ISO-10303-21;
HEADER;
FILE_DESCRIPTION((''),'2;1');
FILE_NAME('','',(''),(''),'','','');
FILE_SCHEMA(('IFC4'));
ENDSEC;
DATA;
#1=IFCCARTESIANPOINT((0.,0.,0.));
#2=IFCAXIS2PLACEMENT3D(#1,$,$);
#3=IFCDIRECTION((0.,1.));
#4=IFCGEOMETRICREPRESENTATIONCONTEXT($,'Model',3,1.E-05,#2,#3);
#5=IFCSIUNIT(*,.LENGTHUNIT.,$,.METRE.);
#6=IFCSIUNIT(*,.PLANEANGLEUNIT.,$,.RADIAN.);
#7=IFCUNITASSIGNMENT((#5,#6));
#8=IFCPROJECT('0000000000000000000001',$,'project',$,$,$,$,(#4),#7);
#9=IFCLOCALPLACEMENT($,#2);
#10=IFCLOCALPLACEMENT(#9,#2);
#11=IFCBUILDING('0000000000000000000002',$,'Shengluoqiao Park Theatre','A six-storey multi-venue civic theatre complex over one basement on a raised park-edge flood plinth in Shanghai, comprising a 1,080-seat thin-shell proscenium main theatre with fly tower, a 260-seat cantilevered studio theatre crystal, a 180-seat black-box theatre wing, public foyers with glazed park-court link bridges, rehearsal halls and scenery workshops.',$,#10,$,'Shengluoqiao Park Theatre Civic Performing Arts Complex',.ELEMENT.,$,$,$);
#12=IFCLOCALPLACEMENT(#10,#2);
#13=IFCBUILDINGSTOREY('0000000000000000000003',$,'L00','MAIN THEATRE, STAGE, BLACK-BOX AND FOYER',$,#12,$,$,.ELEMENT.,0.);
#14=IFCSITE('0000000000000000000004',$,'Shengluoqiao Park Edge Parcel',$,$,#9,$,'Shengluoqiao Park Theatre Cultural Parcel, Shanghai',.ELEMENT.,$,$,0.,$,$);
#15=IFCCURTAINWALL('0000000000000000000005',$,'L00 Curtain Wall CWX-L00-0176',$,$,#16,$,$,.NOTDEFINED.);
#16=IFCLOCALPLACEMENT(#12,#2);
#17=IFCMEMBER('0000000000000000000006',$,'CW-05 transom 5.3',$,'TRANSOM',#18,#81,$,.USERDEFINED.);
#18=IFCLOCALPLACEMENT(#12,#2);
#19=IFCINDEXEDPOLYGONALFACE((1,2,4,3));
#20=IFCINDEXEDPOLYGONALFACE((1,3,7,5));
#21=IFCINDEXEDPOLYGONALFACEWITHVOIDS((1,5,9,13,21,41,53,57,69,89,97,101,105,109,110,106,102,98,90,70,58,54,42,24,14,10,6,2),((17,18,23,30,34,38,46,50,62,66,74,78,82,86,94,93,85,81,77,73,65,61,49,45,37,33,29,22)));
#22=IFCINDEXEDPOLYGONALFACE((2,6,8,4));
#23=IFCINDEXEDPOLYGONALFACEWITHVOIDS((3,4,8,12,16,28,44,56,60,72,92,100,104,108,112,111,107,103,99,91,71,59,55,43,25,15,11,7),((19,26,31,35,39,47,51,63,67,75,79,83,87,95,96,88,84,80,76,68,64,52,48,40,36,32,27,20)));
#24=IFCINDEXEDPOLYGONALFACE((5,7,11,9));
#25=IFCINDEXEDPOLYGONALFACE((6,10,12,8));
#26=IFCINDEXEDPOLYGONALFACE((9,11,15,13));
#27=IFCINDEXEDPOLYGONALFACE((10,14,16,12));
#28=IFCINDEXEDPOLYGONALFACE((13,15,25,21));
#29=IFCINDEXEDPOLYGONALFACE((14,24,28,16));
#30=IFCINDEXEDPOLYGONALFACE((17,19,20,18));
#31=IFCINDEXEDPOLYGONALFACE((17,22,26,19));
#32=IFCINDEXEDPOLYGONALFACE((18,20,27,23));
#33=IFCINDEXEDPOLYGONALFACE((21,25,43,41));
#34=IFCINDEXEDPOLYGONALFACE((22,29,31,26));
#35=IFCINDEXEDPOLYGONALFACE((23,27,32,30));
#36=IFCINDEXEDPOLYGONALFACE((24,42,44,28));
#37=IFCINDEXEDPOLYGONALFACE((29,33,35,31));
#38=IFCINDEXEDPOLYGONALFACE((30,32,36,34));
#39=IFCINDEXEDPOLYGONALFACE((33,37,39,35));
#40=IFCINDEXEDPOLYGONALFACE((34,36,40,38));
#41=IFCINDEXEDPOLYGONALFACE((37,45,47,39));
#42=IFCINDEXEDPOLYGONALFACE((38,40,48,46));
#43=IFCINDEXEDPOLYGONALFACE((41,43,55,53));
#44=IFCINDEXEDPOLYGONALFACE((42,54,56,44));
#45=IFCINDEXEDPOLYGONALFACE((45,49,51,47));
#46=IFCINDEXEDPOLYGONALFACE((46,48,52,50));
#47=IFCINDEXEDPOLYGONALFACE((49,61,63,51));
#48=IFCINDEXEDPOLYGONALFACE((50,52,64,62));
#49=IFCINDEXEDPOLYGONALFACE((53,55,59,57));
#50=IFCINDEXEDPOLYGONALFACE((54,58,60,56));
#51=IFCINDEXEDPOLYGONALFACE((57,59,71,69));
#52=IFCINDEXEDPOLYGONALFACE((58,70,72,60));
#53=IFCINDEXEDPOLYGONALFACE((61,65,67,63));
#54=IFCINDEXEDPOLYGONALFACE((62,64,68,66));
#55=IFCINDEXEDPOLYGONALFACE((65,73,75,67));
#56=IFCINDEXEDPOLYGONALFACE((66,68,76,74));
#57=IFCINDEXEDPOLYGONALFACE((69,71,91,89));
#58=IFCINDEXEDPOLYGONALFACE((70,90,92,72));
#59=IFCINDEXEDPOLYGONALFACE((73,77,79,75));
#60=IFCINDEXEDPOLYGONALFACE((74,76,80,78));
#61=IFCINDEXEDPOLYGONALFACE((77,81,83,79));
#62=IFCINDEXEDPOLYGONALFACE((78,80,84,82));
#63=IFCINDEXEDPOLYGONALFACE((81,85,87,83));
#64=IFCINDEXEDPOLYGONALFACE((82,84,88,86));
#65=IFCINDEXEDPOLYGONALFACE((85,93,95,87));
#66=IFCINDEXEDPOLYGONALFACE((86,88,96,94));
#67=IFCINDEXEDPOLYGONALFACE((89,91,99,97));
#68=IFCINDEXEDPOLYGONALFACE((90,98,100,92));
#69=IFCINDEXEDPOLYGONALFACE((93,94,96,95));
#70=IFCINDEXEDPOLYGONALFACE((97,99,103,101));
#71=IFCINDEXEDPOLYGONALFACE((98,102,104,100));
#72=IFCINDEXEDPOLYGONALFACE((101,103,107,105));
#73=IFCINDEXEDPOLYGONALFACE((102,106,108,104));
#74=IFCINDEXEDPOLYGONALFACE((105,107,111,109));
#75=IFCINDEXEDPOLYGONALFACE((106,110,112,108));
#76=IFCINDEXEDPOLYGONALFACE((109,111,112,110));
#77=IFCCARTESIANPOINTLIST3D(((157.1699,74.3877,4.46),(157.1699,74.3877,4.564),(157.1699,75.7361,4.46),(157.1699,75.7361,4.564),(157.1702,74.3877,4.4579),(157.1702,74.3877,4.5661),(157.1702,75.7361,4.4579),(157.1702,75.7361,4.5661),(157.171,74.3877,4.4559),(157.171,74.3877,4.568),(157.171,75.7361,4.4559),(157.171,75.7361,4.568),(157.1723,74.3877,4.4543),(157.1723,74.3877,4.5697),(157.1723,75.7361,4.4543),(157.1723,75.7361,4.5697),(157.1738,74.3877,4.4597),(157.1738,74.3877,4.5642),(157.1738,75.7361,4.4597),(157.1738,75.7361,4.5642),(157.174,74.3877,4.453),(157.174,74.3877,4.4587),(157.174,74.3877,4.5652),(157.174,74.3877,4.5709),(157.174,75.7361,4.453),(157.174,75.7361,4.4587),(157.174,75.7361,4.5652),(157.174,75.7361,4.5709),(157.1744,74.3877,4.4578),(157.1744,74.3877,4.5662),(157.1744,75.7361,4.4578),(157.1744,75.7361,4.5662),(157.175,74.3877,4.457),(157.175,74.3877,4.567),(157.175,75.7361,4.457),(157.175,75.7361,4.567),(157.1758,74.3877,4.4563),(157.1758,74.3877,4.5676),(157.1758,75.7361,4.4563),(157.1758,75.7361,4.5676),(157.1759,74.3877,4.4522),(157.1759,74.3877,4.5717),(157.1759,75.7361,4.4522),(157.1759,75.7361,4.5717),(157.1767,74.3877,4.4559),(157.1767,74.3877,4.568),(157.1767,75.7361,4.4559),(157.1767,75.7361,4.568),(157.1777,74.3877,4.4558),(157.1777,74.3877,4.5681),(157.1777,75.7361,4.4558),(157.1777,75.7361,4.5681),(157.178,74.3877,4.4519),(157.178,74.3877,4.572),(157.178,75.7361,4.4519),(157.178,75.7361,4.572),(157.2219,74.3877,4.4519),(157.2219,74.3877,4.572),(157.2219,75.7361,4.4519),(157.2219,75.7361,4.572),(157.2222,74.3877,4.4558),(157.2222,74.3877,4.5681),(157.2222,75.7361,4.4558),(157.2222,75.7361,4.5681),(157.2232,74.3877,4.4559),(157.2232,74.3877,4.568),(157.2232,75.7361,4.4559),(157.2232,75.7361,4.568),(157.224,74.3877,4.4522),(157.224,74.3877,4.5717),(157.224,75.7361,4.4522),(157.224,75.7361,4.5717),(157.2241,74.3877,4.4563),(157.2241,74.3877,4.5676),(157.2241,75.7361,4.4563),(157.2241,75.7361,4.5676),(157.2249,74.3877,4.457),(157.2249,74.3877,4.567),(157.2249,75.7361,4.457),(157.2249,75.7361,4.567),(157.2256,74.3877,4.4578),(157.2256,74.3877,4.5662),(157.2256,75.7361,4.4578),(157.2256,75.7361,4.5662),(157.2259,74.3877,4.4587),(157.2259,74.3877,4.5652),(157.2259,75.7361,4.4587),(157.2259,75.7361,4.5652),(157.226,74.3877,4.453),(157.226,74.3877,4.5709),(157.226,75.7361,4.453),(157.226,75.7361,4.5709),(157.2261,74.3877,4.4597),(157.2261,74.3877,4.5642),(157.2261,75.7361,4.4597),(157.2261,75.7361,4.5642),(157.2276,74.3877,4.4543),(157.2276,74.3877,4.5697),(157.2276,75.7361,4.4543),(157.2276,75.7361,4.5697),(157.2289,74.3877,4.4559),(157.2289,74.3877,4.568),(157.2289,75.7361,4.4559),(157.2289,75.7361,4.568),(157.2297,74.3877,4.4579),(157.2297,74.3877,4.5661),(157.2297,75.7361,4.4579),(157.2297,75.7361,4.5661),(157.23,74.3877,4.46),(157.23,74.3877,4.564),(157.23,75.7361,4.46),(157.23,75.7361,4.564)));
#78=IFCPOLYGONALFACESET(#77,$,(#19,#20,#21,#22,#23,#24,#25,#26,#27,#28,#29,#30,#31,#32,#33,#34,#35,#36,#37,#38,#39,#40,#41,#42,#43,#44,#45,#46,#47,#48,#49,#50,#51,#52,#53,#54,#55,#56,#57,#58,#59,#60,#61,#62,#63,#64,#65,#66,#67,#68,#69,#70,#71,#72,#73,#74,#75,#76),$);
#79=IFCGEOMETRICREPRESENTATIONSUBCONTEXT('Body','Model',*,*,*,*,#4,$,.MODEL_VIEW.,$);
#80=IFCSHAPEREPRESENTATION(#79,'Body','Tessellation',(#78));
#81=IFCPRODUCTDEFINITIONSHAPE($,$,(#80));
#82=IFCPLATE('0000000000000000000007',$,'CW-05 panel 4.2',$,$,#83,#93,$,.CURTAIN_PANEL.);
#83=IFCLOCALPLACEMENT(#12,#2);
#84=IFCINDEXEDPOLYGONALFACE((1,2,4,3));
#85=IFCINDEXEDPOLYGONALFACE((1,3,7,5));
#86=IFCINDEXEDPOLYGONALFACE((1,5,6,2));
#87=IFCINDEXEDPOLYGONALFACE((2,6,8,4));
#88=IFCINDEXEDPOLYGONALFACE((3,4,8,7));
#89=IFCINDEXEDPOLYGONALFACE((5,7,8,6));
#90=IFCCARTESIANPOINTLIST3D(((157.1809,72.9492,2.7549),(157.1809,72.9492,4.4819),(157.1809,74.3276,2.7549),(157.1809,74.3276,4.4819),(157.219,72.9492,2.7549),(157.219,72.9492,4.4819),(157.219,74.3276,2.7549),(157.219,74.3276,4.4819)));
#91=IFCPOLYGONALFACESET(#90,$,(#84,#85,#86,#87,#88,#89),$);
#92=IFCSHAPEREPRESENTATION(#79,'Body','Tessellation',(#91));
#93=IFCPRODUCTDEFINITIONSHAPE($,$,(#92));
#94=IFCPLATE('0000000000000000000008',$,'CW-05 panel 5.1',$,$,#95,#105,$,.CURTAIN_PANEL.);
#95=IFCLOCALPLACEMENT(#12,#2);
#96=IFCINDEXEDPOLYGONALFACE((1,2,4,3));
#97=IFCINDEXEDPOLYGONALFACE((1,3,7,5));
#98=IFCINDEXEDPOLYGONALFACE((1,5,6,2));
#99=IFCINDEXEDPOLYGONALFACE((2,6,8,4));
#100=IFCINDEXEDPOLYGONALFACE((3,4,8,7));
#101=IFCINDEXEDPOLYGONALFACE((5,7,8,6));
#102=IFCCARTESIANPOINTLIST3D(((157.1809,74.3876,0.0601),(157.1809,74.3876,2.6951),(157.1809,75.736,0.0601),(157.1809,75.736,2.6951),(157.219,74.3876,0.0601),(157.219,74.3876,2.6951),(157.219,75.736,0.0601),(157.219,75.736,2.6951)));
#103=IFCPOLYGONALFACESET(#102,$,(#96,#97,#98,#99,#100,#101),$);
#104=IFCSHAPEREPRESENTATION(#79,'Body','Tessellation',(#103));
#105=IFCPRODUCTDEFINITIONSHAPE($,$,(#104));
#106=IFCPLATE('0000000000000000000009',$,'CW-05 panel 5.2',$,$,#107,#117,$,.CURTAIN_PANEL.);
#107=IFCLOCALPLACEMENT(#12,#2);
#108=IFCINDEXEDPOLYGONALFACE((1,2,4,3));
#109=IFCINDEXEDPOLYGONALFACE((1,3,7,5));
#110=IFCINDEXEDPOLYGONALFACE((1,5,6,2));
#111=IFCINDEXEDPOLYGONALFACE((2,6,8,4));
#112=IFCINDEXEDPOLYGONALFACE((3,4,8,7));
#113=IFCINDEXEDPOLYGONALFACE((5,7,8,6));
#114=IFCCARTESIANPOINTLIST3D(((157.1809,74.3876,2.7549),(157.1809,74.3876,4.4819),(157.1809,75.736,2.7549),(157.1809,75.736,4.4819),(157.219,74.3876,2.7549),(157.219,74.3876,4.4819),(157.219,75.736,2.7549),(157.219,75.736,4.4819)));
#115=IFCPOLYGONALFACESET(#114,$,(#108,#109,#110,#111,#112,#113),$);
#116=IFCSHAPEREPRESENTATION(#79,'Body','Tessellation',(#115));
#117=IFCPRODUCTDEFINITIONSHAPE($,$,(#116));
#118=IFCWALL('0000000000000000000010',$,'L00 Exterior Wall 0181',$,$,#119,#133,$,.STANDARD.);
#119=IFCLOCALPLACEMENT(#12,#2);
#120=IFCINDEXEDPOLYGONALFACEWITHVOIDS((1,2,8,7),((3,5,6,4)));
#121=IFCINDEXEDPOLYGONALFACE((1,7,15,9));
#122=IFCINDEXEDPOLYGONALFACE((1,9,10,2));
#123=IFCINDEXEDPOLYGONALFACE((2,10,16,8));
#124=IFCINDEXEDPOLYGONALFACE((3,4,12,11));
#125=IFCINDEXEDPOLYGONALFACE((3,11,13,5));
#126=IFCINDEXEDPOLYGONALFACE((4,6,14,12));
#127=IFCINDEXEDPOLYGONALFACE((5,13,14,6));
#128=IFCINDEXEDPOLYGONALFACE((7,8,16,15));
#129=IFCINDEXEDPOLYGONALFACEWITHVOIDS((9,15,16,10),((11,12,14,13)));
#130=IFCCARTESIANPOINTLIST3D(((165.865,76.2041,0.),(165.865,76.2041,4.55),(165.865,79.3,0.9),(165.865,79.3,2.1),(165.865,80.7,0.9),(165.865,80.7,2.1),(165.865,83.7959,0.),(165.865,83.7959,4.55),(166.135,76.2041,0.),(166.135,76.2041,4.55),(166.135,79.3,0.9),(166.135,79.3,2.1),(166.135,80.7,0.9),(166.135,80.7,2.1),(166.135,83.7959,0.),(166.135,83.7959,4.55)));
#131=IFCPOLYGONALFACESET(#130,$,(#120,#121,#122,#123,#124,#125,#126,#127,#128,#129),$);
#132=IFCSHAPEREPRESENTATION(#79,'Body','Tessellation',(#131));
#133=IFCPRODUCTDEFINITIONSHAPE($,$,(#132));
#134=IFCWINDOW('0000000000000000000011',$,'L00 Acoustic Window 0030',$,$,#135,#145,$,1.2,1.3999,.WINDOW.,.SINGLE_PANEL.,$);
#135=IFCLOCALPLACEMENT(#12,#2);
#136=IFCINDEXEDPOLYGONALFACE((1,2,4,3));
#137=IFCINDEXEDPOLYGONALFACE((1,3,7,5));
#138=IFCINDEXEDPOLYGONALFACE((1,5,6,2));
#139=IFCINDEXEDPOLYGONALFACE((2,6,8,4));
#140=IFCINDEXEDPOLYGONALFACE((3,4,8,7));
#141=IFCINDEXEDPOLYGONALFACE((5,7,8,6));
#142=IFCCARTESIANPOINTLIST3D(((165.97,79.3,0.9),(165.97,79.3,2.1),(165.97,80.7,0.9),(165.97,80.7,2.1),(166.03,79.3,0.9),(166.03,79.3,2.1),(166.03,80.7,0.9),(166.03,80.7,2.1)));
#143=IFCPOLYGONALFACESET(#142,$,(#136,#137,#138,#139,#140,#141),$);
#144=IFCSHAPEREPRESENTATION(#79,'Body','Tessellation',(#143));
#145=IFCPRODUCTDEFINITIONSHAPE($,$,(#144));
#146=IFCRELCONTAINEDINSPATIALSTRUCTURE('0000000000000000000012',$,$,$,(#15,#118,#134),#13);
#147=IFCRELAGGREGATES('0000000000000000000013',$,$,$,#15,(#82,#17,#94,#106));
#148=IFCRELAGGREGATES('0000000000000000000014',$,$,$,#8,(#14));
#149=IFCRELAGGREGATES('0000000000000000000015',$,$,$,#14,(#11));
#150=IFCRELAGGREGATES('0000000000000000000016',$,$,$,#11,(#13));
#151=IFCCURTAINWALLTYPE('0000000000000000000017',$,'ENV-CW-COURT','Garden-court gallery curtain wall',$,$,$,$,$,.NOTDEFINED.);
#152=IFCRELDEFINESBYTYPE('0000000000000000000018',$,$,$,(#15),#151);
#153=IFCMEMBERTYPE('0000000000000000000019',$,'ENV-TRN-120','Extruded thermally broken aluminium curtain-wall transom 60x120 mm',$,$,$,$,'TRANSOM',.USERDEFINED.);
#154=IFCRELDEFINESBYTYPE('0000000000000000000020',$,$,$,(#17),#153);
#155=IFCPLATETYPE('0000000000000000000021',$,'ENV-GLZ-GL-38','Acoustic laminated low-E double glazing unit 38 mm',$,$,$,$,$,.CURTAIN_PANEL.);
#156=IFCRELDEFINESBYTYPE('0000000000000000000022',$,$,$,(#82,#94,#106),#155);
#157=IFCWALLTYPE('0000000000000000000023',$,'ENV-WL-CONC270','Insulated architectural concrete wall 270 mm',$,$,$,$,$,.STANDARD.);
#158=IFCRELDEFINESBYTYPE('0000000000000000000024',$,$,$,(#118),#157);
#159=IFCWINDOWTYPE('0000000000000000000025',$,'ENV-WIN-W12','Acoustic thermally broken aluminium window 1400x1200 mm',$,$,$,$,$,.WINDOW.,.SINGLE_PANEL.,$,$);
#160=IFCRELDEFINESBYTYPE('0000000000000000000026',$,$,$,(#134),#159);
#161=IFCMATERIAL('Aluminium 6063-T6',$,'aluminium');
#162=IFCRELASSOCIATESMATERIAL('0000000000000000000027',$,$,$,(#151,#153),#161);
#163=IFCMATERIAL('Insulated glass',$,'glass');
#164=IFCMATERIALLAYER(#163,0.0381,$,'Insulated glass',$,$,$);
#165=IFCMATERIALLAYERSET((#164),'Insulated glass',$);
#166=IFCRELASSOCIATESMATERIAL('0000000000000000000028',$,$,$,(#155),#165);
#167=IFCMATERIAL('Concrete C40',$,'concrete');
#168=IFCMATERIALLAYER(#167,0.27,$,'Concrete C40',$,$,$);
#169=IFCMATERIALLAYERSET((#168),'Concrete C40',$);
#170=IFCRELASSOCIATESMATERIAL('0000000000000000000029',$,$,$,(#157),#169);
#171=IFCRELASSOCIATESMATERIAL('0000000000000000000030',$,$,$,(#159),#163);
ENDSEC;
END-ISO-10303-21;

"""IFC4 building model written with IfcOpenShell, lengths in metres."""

from ifc_helpers import new_model, si_unit, direction, frame, frame_2d, origin, origin_2d, place, context, subcontext, project, spatial, rectangle, hollow_rectangle, extrude, material, layer, layer_set, material_profile, profile_set, type_object, element, fill, aggregate, save


model = new_model("IFC4")

# Units and contexts
model_context = context("Model", 3, precision=1e-05, world=origin(), true_north=direction((0.0, 1.0)))
body_context = subcontext(model_context, "Body", "Model", "MODEL_VIEW")
ifc_project = project(units=[si_unit("LENGTHUNIT", "METRE"), si_unit("PLANEANGLEUNIT", "RADIAN")], contexts=[model_context])

# Site, building, storey
site_placement = place(None, origin())
site = spatial("IfcSite", under=ifc_project, at=site_placement, Name="Shengluoqiao Park Edge Parcel", LongName="Shengluoqiao Park Theatre Cultural Parcel, Shanghai", CompositionType="ELEMENT", RefElevation=0.0)
building_placement = place(site_placement, origin())
building = spatial("IfcBuilding", under=site, at=building_placement, Name="Shengluoqiao Park Theatre", Description="A six-storey multi-venue civic theatre complex over one basement on a raised park-edge flood plinth in Shanghai, comprising a 1,080-seat thin-shell proscenium main theatre with fly tower, a 260-seat cantilevered studio theatre crystal, a 180-seat black-box theatre wing, public foyers with glazed park-court link bridges, rehearsal halls and scenery workshops.", LongName="Shengluoqiao Park Theatre Civic Performing Arts Complex", CompositionType="ELEMENT")
storey_placement = place(building_placement, origin())
storey = spatial("IfcBuildingStorey", under=building, at=storey_placement, Name="L00", Description="MAIN THEATRE, STAGE, BLACK-BOX AND FOYER", CompositionType="ELEMENT", Elevation=0.0)

# Shared definitions
ifc_material_1 = material(Name="Concrete C40", Category="concrete")

# Curtain wall, member, plates
ifc_material_2 = material(Name="Aluminium 6063-T6", Category="aluminium")
curtain_wall_type = type_object("IfcCurtainWallType", Name="ENV-CW-COURT", Description="Garden-court gallery curtain wall", PredefinedType="NOTDEFINED", material=ifc_material_2)
curtain_wall_placement = place(storey_placement, origin())
curtain_wall = element("IfcCurtainWall", 1, at=curtain_wall_placement, inside=storey, type_object=curtain_wall_type, Name="L00 Curtain Wall CWX-L00-0176", PredefinedType="NOTDEFINED")
ifc_material_profile_1 = material_profile(ifc_material_2, hollow_rectangle(XDim=0.0601, YDim=0.1201, WallThickness=0.0039, InnerFilletRadius=0.0039, OuterFilletRadius=0.0081, at=origin_2d()), Name="ALU TRANSOM 120x60x4")
ifc_profile_set_1 = profile_set([ifc_material_profile_1], Name="Aluminium 6063-T6")
member_type_1 = type_object("IfcMemberType", Name="ENV-TRN-120", Description="Extruded thermally broken aluminium curtain-wall transom 60x120 mm", ElementType="TRANSOM", PredefinedType="USERDEFINED", material=ifc_profile_set_1)
member_1_placement = place(storey_placement, frame((157.2, 74.3877, 4.512), z_axis=(0.0, 1.0, 0.0), x_axis=(-1.0, 0.0, 0.0)))
member_1 = element("IfcMember", 2, at=member_1_placement, type_object=member_type_1, Name="CW-05 transom 5.3", ObjectType="TRANSOM", PredefinedType="USERDEFINED", context=body_context, shape_type="SweptSolid", body=[
    extrude(hollow_rectangle(XDim=0.0601, YDim=0.1201, WallThickness=0.0039, InnerFilletRadius=0.0039, OuterFilletRadius=0.0081, at=origin_2d()), origin(), (0.0, 0.0, 1.0), 1.3484),
])
ifc_material_3 = material(Name="Insulated glass", Category="glass")
ifc_layer_1 = layer(ifc_material_3, 0.0381, Name="Insulated glass")
ifc_layer_set_1 = layer_set([ifc_layer_1], Name="Insulated glass")
plate_type = type_object("IfcPlateType", Name="ENV-GLZ-GL-38", Description="Acoustic laminated low-E double glazing unit 38 mm", PredefinedType="CURTAIN_PANEL", material=ifc_layer_set_1)
plate_1_placement = place(storey_placement, frame((157.2, 73.6384, 2.7549), z_axis=(0.0, 0.0, 1.0), x_axis=(0.0, 1.0, 0.0)))
plate_1 = element("IfcPlate", 3, at=plate_1_placement, type_object=plate_type, Name="CW-05 panel 4.2", PredefinedType="CURTAIN_PANEL", context=body_context, shape_type="SweptSolid", body=[
    extrude(rectangle(XDim=1.3784, YDim=0.0381, at=origin_2d()), origin(), (0.0, 0.0, 1.0), 1.7271),
])
plate_2_placement = place(storey_placement, frame((157.2, 75.0618, 0.0601), z_axis=(0.0, 0.0, 1.0), x_axis=(0.0, 1.0, 0.0)))
plate_2 = element("IfcPlate", 4, at=plate_2_placement, type_object=plate_type, Name="CW-05 panel 5.1", PredefinedType="CURTAIN_PANEL", context=body_context, shape_type="SweptSolid", body=[
    extrude(rectangle(XDim=1.3484, YDim=0.0381, at=origin_2d()), origin(), (0.0, 0.0, 1.0), 2.635),
])
plate_3_placement = place(storey_placement, frame((157.2, 75.0618, 2.7549), z_axis=(0.0, 0.0, 1.0), x_axis=(0.0, 1.0, 0.0)))
plate_3 = element("IfcPlate", 5, at=plate_3_placement, type_object=plate_type, Name="CW-05 panel 5.2", PredefinedType="CURTAIN_PANEL", context=body_context, shape_type="SweptSolid", body=[
    extrude(rectangle(XDim=1.3484, YDim=0.0381, at=origin_2d()), origin(), (0.0, 0.0, 1.0), 1.7271),
])
aggregate(curtain_wall, [plate_1, member_1, plate_2, plate_3])

# Shared definitions
ifc_layer_2 = layer(ifc_material_1, 0.27, Name="Concrete C40")
ifc_layer_set_2 = layer_set([ifc_layer_2], Name="Concrete C40")
wall_type = type_object("IfcWallType", Name="ENV-WL-CONC270", Description="Insulated architectural concrete wall 270 mm", PredefinedType="STANDARD", material=ifc_layer_set_2)

# Wall, opening, window
wall_1_placement = place(storey_placement, frame((166.0, 76.2041, 0.0), z_axis=(0.0, 0.0, 1.0), x_axis=(0.0, 1.0, 0.0)))
wall_1 = element("IfcWall", 6, at=wall_1_placement, inside=storey, type_object=wall_type, Name="L00 Exterior Wall 0181", PredefinedType="STANDARD", context=body_context, shape_type="SweptSolid", body=[
    extrude(rectangle(XDim=7.5918, YDim=0.27, at=frame_2d((3.7959, 0.0))), origin(), (0.0, 0.0, 1.0), 4.55),
])
opening_1_placement = place(wall_1_placement, frame((3.0959, 0.0, 0.8999)))
opening_1 = element("IfcOpeningElement", 7, at=opening_1_placement, cuts=wall_1, PredefinedType="OPENING", context=body_context, shape_type="SweptSolid", body=[
    extrude(rectangle(XDim=1.3999, YDim=1.2, at=frame_2d((0.7, 0.6001))), frame((0.0, 0.145, 0.0), z_axis=(0.0, -1.0, 0.0), x_axis=(1.0, 0.0, 0.0)), (0.0, 0.0, 1.0), 0.29),
])
window_type = type_object("IfcWindowType", Name="ENV-WIN-W12", Description="Acoustic thermally broken aluminium window 1400x1200 mm", PartitioningType="SINGLE_PANEL", PredefinedType="WINDOW", material=ifc_material_3)
window_placement = place(opening_1_placement, origin())
window = element("IfcWindow", 8, at=window_placement, inside=storey, type_object=window_type, Name="L00 Acoustic Window 0030", OverallHeight=1.2, OverallWidth=1.3999, PartitioningType="SINGLE_PANEL", PredefinedType="WINDOW", context=body_context, shape_type="SweptSolid", body=[
    extrude(rectangle(XDim=1.3999, YDim=1.2, at=frame_2d((0.7, 0.6001))), frame((0.0, 0.03, 0.0), z_axis=(0.0, -1.0, 0.0), x_axis=(1.0, 0.0, 0.0)), (0.0, 0.0, 1.0), 0.0601),
])
fill(opening_1, window)

save(model, "model.ifc")
